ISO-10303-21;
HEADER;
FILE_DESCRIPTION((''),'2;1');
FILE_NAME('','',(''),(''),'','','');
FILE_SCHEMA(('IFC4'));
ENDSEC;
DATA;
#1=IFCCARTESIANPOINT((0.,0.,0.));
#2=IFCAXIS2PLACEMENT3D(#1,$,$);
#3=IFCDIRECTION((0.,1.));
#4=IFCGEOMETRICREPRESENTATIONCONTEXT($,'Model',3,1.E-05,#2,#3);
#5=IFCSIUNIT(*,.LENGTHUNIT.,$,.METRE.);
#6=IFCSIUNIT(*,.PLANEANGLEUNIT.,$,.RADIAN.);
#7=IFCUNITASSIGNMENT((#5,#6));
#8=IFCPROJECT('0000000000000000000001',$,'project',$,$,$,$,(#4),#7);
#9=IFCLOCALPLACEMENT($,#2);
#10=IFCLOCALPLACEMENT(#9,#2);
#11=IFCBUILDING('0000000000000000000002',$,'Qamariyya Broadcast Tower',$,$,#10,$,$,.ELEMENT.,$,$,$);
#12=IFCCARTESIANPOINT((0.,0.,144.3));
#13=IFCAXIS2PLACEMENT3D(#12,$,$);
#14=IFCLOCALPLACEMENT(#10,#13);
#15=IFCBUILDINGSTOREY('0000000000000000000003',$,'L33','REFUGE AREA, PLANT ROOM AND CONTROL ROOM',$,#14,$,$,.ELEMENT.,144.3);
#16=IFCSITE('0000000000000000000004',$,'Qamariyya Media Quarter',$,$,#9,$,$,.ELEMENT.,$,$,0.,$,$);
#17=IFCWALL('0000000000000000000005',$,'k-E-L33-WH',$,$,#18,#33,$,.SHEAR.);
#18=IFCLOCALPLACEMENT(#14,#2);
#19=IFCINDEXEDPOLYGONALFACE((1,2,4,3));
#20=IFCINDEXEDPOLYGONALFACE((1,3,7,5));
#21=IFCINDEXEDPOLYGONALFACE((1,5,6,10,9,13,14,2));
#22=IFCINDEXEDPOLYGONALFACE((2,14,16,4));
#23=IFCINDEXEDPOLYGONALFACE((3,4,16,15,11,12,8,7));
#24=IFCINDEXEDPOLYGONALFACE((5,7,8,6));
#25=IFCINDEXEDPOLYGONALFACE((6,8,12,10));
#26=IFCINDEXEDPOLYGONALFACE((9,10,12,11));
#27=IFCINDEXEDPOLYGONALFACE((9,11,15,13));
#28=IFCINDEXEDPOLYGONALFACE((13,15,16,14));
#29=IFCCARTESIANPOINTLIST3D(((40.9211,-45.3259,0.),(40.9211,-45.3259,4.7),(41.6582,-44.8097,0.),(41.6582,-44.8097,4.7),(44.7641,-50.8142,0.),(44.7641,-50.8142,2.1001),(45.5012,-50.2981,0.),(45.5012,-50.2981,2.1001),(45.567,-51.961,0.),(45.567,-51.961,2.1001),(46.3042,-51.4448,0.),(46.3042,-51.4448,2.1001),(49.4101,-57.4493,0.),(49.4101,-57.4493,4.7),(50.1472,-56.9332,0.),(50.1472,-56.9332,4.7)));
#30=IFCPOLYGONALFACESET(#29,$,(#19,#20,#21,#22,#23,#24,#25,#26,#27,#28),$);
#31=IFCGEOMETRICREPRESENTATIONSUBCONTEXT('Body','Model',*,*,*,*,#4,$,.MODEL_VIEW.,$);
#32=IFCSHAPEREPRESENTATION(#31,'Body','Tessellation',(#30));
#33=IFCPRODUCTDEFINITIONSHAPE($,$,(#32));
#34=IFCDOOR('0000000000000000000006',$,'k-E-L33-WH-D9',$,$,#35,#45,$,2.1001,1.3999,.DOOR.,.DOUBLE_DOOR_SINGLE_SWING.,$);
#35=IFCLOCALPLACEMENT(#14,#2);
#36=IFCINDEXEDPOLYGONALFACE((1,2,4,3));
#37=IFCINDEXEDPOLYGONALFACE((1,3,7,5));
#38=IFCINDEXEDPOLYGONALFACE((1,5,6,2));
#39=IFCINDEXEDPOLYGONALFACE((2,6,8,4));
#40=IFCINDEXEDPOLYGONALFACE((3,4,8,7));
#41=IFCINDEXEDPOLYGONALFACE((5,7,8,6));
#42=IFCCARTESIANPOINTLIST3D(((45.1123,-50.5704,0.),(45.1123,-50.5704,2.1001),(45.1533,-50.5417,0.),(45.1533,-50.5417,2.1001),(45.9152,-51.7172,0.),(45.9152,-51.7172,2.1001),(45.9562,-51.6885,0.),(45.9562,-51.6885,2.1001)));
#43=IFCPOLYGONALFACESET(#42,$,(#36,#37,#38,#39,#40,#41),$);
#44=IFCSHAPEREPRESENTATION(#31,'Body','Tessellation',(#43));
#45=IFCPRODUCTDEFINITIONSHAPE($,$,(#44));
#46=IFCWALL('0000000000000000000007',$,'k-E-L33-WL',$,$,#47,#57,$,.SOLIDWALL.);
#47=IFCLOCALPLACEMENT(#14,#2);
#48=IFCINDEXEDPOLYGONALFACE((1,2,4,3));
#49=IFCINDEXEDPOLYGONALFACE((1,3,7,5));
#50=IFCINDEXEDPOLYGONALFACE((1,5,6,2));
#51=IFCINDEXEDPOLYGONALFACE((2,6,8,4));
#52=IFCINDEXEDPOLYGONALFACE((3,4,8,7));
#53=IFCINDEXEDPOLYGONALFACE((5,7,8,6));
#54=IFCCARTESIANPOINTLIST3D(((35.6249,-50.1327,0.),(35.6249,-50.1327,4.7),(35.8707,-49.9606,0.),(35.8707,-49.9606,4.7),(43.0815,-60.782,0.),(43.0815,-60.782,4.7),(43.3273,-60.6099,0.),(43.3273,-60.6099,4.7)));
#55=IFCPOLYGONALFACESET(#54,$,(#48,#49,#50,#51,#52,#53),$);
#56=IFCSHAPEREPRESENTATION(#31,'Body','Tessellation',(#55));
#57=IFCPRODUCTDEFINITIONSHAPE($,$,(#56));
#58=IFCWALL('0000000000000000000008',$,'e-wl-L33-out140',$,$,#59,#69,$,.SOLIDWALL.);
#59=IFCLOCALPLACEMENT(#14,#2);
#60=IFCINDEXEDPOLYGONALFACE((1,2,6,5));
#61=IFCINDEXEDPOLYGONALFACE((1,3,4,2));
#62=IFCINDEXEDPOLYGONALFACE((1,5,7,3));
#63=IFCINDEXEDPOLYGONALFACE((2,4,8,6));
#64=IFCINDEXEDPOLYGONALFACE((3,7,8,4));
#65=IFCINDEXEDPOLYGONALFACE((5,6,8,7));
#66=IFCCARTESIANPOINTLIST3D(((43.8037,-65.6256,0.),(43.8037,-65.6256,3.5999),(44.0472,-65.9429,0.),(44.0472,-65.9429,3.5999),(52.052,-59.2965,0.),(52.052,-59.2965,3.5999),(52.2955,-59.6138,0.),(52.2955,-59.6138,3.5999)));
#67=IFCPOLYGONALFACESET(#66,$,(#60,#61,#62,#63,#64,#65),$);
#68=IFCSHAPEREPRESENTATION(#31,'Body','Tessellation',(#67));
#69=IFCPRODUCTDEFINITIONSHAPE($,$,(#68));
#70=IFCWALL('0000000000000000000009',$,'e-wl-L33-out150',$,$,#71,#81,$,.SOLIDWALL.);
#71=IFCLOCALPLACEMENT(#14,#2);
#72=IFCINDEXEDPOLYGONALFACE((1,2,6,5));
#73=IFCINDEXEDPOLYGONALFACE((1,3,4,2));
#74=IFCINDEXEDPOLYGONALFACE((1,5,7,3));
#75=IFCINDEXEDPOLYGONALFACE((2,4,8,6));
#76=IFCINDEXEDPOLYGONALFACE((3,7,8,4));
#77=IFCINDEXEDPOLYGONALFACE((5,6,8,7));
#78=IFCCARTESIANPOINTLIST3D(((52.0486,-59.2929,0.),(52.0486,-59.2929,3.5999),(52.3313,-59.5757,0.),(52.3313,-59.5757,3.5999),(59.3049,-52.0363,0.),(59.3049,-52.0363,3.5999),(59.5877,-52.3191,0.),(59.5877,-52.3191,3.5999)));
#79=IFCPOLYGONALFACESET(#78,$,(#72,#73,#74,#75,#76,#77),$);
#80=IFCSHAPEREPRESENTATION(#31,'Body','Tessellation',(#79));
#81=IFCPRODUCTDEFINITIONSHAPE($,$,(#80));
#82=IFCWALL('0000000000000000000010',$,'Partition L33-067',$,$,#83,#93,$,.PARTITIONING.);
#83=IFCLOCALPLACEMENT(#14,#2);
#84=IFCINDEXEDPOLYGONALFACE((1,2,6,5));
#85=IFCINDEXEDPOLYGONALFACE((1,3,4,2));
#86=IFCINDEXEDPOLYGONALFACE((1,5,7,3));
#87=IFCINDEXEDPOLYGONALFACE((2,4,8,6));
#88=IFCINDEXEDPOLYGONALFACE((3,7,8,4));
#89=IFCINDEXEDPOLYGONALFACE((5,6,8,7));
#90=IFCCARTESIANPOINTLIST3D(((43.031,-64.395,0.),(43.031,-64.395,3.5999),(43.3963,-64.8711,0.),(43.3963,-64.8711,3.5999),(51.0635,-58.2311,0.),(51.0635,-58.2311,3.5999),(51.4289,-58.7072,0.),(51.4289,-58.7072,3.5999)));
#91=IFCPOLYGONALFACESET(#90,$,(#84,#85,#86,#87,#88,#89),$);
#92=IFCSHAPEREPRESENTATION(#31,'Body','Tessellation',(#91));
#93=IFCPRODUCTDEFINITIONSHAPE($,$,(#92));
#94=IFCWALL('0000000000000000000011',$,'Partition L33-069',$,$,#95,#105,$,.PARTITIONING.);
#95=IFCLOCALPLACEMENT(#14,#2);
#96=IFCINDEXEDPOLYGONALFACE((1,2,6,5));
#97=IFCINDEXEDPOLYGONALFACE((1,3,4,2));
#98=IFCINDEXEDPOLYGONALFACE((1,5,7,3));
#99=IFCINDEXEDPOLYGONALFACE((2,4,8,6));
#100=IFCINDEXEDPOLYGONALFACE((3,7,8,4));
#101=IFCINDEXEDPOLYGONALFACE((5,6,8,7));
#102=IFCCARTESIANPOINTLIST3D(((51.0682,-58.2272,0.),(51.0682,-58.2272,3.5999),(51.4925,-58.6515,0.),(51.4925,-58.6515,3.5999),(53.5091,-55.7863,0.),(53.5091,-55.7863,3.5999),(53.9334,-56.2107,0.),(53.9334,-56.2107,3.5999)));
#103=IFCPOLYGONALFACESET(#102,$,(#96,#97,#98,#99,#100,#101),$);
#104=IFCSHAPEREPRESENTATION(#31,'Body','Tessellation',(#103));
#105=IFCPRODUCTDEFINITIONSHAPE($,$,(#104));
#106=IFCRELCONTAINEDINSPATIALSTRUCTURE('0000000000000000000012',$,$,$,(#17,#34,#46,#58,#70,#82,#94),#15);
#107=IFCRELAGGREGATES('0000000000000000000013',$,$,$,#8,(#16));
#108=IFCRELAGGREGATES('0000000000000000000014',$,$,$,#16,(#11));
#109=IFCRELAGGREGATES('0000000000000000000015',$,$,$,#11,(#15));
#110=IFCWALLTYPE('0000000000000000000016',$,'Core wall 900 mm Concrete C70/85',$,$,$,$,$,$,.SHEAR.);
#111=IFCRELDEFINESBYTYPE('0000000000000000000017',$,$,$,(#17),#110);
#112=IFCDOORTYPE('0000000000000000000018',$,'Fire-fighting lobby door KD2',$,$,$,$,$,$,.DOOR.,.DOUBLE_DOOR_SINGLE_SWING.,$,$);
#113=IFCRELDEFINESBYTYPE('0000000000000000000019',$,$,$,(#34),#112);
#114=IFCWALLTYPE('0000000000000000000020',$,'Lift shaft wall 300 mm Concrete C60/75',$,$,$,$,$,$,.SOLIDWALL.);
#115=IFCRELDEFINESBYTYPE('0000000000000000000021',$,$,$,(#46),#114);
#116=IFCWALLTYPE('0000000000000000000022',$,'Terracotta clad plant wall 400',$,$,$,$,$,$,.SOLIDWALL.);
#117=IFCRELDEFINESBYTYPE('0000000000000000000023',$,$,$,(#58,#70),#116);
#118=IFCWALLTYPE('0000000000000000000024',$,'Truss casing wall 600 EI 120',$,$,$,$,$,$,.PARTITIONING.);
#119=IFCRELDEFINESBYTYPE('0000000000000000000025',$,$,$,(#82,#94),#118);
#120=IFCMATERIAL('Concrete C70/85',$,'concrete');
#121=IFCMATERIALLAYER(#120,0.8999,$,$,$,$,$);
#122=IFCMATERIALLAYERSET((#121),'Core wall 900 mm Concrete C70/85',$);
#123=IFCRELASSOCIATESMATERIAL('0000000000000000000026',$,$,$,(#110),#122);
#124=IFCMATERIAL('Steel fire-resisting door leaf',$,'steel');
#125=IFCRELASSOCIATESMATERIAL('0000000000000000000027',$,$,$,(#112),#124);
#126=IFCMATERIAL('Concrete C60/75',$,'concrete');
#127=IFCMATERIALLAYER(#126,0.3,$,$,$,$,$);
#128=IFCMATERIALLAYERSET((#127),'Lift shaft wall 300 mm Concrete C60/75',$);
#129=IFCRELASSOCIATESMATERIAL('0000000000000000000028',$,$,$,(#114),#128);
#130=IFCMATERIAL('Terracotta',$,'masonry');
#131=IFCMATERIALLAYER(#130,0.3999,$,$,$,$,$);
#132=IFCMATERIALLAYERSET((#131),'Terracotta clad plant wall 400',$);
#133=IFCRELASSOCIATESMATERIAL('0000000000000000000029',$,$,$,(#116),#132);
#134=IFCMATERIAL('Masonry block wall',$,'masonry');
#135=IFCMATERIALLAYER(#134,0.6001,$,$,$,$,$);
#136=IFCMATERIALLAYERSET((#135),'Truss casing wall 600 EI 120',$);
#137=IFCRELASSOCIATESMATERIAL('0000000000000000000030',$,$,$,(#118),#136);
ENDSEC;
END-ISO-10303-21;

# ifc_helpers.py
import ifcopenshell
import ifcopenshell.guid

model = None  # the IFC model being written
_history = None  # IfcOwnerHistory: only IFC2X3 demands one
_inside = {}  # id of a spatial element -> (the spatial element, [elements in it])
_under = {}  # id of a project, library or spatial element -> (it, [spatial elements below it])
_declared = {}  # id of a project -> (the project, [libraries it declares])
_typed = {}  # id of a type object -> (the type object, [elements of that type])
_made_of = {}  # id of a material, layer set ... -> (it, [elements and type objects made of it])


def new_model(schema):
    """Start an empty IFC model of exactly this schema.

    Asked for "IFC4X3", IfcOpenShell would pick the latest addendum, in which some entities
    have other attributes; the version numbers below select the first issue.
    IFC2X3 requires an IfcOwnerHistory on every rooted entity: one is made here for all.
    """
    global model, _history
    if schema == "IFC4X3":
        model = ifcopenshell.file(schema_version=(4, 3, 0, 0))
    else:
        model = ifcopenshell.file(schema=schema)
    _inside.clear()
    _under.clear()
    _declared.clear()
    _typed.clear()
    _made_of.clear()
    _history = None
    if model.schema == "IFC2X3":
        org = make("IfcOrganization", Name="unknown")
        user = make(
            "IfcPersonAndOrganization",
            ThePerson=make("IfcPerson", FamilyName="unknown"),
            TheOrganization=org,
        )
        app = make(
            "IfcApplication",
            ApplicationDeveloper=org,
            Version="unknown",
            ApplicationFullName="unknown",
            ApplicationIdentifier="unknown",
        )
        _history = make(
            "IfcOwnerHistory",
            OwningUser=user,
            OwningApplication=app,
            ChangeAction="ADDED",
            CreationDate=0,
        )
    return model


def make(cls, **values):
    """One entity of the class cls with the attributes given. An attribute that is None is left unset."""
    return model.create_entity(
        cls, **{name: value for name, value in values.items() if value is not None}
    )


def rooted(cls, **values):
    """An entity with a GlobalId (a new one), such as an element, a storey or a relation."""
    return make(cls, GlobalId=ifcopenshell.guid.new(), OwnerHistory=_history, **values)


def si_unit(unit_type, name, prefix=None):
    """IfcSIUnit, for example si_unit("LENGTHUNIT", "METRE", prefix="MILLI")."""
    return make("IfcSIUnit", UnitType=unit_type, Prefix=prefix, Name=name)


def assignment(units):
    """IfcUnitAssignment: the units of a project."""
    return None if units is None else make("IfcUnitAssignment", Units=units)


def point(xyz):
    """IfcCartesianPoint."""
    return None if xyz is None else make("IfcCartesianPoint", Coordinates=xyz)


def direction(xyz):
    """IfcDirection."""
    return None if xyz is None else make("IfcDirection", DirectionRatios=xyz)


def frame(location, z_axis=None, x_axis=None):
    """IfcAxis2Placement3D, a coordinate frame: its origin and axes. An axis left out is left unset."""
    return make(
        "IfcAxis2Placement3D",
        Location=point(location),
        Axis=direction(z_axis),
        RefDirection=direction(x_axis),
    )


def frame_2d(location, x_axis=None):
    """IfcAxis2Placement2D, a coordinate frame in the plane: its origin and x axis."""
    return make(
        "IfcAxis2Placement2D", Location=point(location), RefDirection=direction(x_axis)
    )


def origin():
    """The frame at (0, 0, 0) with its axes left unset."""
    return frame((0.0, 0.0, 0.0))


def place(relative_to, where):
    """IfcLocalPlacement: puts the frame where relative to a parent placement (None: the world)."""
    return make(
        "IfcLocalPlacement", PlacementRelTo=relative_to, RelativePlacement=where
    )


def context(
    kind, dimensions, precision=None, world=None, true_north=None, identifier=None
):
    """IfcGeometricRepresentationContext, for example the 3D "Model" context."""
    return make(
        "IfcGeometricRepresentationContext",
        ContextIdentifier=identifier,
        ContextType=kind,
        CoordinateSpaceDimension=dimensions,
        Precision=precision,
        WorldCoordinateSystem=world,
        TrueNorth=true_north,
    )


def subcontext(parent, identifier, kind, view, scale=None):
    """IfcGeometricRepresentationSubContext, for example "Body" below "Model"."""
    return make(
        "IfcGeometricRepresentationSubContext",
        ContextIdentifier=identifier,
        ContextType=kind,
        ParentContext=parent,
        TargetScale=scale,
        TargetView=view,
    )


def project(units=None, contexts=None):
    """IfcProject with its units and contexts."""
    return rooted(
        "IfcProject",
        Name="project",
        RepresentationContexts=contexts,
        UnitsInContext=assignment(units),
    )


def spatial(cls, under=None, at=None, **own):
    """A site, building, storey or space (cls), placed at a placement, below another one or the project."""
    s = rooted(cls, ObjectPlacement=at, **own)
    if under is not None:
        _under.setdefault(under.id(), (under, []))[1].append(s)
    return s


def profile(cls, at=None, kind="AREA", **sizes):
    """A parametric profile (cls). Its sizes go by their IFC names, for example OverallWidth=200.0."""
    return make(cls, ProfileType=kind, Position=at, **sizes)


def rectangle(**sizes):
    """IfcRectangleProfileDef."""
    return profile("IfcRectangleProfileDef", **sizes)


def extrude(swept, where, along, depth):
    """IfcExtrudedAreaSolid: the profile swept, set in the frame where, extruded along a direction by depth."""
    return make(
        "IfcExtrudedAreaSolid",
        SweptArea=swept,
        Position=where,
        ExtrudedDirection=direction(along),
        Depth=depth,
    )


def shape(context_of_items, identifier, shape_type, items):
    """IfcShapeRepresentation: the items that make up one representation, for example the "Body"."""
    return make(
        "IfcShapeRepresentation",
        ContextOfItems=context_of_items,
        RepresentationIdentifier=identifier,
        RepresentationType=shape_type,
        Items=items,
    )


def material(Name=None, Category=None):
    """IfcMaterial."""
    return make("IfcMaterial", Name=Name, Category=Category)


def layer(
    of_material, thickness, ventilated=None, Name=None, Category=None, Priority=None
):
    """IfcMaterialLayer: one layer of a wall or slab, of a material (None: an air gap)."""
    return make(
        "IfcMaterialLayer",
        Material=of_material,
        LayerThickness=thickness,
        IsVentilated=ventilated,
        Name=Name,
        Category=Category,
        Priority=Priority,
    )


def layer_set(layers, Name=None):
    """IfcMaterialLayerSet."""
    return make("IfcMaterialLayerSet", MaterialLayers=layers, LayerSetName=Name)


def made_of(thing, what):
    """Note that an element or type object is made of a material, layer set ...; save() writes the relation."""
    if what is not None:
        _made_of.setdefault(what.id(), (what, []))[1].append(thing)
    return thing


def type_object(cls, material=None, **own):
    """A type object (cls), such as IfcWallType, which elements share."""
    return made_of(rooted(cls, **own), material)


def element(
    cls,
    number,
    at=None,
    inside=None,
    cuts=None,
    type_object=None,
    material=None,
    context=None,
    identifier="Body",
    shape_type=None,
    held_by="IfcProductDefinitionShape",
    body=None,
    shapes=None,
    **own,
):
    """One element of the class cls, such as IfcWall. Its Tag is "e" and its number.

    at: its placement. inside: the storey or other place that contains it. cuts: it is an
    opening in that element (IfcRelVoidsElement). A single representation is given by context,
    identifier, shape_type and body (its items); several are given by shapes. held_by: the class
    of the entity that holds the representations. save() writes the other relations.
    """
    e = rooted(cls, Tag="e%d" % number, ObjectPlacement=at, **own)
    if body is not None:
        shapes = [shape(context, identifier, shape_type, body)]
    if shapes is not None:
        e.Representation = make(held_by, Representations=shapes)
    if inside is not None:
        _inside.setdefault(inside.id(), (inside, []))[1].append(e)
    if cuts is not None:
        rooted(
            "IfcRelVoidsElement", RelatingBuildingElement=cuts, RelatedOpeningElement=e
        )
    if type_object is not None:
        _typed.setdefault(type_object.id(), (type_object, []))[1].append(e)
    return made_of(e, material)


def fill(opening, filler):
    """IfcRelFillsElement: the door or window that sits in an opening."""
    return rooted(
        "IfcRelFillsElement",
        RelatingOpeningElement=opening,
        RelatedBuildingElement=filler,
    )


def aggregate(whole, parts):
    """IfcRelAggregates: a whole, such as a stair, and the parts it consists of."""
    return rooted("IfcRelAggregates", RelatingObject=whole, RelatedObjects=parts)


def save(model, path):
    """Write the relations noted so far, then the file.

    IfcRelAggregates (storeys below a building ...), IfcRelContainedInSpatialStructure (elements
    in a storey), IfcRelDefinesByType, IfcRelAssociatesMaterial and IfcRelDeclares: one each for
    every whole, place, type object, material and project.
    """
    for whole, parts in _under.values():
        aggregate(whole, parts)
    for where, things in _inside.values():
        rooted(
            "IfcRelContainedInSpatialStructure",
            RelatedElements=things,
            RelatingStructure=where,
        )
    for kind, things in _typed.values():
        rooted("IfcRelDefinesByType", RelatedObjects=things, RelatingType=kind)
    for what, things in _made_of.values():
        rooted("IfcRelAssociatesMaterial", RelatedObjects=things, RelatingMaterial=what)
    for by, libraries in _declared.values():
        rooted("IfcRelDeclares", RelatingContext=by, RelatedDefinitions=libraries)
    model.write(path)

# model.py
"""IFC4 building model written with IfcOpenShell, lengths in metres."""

from ifc_helpers import new_model, si_unit, direction, frame, frame_2d, origin, place, context, subcontext, project, spatial, rectangle, extrude, material, layer, layer_set, type_object, element, fill, save


model = new_model("IFC4")

# Units and contexts
model_context = context("Model", 3, precision=1e-05, world=origin(), true_north=direction((0.0, 1.0)))
body_context = subcontext(model_context, "Body", "Model", "MODEL_VIEW")
ifc_project = project(units=[si_unit("LENGTHUNIT", "METRE"), si_unit("PLANEANGLEUNIT", "RADIAN")], contexts=[model_context])

# Site, building, storey
site_placement = place(None, origin())
site = spatial("IfcSite", under=ifc_project, at=site_placement, Name="Qamariyya Media Quarter", CompositionType="ELEMENT", RefElevation=0.0)
building_placement = place(site_placement, origin())
building = spatial("IfcBuilding", under=site, at=building_placement, Name="Qamariyya Broadcast Tower", CompositionType="ELEMENT")
storey_placement = place(building_placement, frame((0.0, 0.0, 144.3)))
storey = spatial("IfcBuildingStorey", under=building, at=storey_placement, Name="L33", Description="REFUGE AREA, PLANT ROOM AND CONTROL ROOM", CompositionType="ELEMENT", Elevation=144.3)

# Shared definitions
ifc_material_1 = material(Name="Concrete C70/85", Category="concrete")

# Wall, opening, door
ifc_layer_1 = layer(ifc_material_1, 0.8999)
ifc_layer_set_1 = layer_set([ifc_layer_1], Name="Core wall 900 mm Concrete C70/85")
wall_type_1 = type_object("IfcWallType", Name="Core wall 900 mm Concrete C70/85", PredefinedType="SHEAR", material=ifc_layer_set_1)
wall_1_placement = place(storey_placement, frame((49.7786, -57.1912, 0.0), z_axis=(0.0, 0.0, 1.0), x_axis=(-0.573577, 0.819151, 0.0)))
wall_1 = element("IfcWall", 1, at=wall_1_placement, inside=storey, type_object=wall_type_1, Name="k-E-L33-WH", PredefinedType="SHEAR", context=body_context, shape_type="SweptSolid", body=[
    extrude(rectangle(XDim=14.8, YDim=0.8999, at=frame_2d((7.3999, 0.0))), origin(), (0.0, 0.0, 1.0), 4.7),
])
opening_placement = place(wall_1_placement, frame((6.7, 0.0, 0.0)))
opening = element("IfcOpeningElement", 2, at=opening_placement, cuts=wall_1, PredefinedType="OPENING", context=body_context, shape_type="SweptSolid", body=[
    extrude(rectangle(XDim=1.3999, YDim=2.1001, at=frame_2d((0.7, 1.05))), frame((0.0, 0.46, 0.0), z_axis=(0.0, -1.0, 0.0), x_axis=(1.0, 0.0, 0.0)), (0.0, 0.0, 1.0), 0.9199),
])
ifc_material_2 = material(Name="Steel fire-resisting door leaf", Category="steel")
door_type = type_object("IfcDoorType", Name="Fire-fighting lobby door KD2", OperationType="DOUBLE_DOOR_SINGLE_SWING", PredefinedType="DOOR", material=ifc_material_2)
door_placement = place(opening_placement, origin())
door = element("IfcDoor", 3, at=door_placement, inside=storey, type_object=door_type, Name="k-E-L33-WH-D9", OperationType="DOUBLE_DOOR_SINGLE_SWING", OverallHeight=2.1001, OverallWidth=1.3999, PredefinedType="DOOR", context=body_context, shape_type="SweptSolid", body=[
    extrude(rectangle(XDim=1.3999, YDim=2.1001, at=frame_2d((0.7, 1.05))), frame((0.0, 0.0249, 0.0), z_axis=(0.0, -1.0, 0.0), x_axis=(1.0, 0.0, 0.0)), (0.0, 0.0, 1.0), 0.05),
])
fill(opening, door)

# Walls
ifc_material_3 = material(Name="Concrete C60/75", Category="concrete")
ifc_layer_2 = layer(ifc_material_3, 0.3)
ifc_layer_set_2 = layer_set([ifc_layer_2], Name="Lift shaft wall 300 mm Concrete C60/75")
wall_type_2 = type_object("IfcWallType", Name="Lift shaft wall 300 mm Concrete C60/75", PredefinedType="SOLIDWALL", material=ifc_layer_set_2)
wall_2_placement = place(storey_placement, frame((43.2043, -60.6958, 0.0), z_axis=(0.0, 0.0, 1.0), x_axis=(-0.573572, 0.819155, 0.0)))
element("IfcWall", 4, at=wall_2_placement, inside=storey, type_object=wall_type_2, Name="k-E-L33-WL", PredefinedType="SOLIDWALL", context=body_context, shape_type="SweptSolid", body=[
    extrude(rectangle(XDim=13.0002, YDim=0.3, at=frame_2d((6.5, 0.0))), origin(), (0.0, 0.0, 1.0), 4.7),
])
ifc_material_4 = material(Name="Terracotta", Category="masonry")
ifc_layer_3 = layer(ifc_material_4, 0.3999)
ifc_layer_set_3 = layer_set([ifc_layer_3], Name="Terracotta clad plant wall 400")
wall_type_3 = type_object("IfcWallType", Name="Terracotta clad plant wall 400", PredefinedType="SOLIDWALL", material=ifc_layer_set_3)
wall_3_placement = place(storey_placement, frame((43.9255, -65.7842, 0.0), z_axis=(0.0, 0.0, 1.0), x_axis=(0.793355, 0.608759, 0.0)))
element("IfcWall", 5, at=wall_3_placement, inside=storey, type_object=wall_type_3, Name="e-wl-L33-out140", PredefinedType="SOLIDWALL", context=body_context, shape_type="SweptSolid", body=[
    extrude(rectangle(XDim=10.3967, YDim=0.3999, at=frame_2d((5.1982, 0.0))), origin(), (0.0, 0.0, 1.0), 3.5999),
])
wall_4_placement = place(storey_placement, frame((52.1899, -59.4343, 0.0), z_axis=(0.0, 0.0, 1.0), x_axis=(0.707095, 0.707119, 0.0)))
element("IfcWall", 6, at=wall_4_placement, inside=storey, type_object=wall_type_3, Name="e-wl-L33-out150", PredefinedType="SOLIDWALL", context=body_context, shape_type="SweptSolid", body=[
    extrude(rectangle(XDim=10.2622, YDim=0.3999, at=frame_2d((5.1311, 0.0))), origin(), (0.0, 0.0, 1.0), 3.5999),
])
ifc_material_5 = material(Name="Masonry block wall", Category="masonry")
ifc_layer_4 = layer(ifc_material_5, 0.6001)
ifc_layer_set_4 = layer_set([ifc_layer_4], Name="Truss casing wall 600 EI 120")
wall_type_4 = type_object("IfcWallType", Name="Truss casing wall 600 EI 120", PredefinedType="PARTITIONING", material=ifc_layer_set_4)
wall_5_placement = place(storey_placement, frame((43.2136, -64.6331, 0.0), z_axis=(0.0, 0.0, 1.0), x_axis=(0.79334, 0.608779, 0.0)))
element("IfcWall", 7, at=wall_5_placement, inside=storey, type_object=wall_type_4, Name="Partition L33-067", PredefinedType="PARTITIONING", context=body_context, shape_type="SweptSolid", body=[
    extrude(rectangle(XDim=10.125, YDim=0.6001, at=frame_2d((5.0625, 0.0))), origin(), (0.0, 0.0, 1.0), 3.5999),
])
wall_6_placement = place(storey_placement, frame((51.2803, -58.4395, 0.0), z_axis=(0.0, 0.0, 1.0), x_axis=(0.707107, 0.707107, 0.0)))
element("IfcWall", 8, at=wall_6_placement, inside=storey, type_object=wall_type_4, Name="Partition L33-069", PredefinedType="PARTITIONING", context=body_context, shape_type="SweptSolid", body=[
    extrude(rectangle(XDim=3.4519, YDim=0.6001, at=frame_2d((1.7261, 0.0))), origin(), (0.0, 0.0, 1.0), 3.5999),
])

save(model, "model.ifc")
